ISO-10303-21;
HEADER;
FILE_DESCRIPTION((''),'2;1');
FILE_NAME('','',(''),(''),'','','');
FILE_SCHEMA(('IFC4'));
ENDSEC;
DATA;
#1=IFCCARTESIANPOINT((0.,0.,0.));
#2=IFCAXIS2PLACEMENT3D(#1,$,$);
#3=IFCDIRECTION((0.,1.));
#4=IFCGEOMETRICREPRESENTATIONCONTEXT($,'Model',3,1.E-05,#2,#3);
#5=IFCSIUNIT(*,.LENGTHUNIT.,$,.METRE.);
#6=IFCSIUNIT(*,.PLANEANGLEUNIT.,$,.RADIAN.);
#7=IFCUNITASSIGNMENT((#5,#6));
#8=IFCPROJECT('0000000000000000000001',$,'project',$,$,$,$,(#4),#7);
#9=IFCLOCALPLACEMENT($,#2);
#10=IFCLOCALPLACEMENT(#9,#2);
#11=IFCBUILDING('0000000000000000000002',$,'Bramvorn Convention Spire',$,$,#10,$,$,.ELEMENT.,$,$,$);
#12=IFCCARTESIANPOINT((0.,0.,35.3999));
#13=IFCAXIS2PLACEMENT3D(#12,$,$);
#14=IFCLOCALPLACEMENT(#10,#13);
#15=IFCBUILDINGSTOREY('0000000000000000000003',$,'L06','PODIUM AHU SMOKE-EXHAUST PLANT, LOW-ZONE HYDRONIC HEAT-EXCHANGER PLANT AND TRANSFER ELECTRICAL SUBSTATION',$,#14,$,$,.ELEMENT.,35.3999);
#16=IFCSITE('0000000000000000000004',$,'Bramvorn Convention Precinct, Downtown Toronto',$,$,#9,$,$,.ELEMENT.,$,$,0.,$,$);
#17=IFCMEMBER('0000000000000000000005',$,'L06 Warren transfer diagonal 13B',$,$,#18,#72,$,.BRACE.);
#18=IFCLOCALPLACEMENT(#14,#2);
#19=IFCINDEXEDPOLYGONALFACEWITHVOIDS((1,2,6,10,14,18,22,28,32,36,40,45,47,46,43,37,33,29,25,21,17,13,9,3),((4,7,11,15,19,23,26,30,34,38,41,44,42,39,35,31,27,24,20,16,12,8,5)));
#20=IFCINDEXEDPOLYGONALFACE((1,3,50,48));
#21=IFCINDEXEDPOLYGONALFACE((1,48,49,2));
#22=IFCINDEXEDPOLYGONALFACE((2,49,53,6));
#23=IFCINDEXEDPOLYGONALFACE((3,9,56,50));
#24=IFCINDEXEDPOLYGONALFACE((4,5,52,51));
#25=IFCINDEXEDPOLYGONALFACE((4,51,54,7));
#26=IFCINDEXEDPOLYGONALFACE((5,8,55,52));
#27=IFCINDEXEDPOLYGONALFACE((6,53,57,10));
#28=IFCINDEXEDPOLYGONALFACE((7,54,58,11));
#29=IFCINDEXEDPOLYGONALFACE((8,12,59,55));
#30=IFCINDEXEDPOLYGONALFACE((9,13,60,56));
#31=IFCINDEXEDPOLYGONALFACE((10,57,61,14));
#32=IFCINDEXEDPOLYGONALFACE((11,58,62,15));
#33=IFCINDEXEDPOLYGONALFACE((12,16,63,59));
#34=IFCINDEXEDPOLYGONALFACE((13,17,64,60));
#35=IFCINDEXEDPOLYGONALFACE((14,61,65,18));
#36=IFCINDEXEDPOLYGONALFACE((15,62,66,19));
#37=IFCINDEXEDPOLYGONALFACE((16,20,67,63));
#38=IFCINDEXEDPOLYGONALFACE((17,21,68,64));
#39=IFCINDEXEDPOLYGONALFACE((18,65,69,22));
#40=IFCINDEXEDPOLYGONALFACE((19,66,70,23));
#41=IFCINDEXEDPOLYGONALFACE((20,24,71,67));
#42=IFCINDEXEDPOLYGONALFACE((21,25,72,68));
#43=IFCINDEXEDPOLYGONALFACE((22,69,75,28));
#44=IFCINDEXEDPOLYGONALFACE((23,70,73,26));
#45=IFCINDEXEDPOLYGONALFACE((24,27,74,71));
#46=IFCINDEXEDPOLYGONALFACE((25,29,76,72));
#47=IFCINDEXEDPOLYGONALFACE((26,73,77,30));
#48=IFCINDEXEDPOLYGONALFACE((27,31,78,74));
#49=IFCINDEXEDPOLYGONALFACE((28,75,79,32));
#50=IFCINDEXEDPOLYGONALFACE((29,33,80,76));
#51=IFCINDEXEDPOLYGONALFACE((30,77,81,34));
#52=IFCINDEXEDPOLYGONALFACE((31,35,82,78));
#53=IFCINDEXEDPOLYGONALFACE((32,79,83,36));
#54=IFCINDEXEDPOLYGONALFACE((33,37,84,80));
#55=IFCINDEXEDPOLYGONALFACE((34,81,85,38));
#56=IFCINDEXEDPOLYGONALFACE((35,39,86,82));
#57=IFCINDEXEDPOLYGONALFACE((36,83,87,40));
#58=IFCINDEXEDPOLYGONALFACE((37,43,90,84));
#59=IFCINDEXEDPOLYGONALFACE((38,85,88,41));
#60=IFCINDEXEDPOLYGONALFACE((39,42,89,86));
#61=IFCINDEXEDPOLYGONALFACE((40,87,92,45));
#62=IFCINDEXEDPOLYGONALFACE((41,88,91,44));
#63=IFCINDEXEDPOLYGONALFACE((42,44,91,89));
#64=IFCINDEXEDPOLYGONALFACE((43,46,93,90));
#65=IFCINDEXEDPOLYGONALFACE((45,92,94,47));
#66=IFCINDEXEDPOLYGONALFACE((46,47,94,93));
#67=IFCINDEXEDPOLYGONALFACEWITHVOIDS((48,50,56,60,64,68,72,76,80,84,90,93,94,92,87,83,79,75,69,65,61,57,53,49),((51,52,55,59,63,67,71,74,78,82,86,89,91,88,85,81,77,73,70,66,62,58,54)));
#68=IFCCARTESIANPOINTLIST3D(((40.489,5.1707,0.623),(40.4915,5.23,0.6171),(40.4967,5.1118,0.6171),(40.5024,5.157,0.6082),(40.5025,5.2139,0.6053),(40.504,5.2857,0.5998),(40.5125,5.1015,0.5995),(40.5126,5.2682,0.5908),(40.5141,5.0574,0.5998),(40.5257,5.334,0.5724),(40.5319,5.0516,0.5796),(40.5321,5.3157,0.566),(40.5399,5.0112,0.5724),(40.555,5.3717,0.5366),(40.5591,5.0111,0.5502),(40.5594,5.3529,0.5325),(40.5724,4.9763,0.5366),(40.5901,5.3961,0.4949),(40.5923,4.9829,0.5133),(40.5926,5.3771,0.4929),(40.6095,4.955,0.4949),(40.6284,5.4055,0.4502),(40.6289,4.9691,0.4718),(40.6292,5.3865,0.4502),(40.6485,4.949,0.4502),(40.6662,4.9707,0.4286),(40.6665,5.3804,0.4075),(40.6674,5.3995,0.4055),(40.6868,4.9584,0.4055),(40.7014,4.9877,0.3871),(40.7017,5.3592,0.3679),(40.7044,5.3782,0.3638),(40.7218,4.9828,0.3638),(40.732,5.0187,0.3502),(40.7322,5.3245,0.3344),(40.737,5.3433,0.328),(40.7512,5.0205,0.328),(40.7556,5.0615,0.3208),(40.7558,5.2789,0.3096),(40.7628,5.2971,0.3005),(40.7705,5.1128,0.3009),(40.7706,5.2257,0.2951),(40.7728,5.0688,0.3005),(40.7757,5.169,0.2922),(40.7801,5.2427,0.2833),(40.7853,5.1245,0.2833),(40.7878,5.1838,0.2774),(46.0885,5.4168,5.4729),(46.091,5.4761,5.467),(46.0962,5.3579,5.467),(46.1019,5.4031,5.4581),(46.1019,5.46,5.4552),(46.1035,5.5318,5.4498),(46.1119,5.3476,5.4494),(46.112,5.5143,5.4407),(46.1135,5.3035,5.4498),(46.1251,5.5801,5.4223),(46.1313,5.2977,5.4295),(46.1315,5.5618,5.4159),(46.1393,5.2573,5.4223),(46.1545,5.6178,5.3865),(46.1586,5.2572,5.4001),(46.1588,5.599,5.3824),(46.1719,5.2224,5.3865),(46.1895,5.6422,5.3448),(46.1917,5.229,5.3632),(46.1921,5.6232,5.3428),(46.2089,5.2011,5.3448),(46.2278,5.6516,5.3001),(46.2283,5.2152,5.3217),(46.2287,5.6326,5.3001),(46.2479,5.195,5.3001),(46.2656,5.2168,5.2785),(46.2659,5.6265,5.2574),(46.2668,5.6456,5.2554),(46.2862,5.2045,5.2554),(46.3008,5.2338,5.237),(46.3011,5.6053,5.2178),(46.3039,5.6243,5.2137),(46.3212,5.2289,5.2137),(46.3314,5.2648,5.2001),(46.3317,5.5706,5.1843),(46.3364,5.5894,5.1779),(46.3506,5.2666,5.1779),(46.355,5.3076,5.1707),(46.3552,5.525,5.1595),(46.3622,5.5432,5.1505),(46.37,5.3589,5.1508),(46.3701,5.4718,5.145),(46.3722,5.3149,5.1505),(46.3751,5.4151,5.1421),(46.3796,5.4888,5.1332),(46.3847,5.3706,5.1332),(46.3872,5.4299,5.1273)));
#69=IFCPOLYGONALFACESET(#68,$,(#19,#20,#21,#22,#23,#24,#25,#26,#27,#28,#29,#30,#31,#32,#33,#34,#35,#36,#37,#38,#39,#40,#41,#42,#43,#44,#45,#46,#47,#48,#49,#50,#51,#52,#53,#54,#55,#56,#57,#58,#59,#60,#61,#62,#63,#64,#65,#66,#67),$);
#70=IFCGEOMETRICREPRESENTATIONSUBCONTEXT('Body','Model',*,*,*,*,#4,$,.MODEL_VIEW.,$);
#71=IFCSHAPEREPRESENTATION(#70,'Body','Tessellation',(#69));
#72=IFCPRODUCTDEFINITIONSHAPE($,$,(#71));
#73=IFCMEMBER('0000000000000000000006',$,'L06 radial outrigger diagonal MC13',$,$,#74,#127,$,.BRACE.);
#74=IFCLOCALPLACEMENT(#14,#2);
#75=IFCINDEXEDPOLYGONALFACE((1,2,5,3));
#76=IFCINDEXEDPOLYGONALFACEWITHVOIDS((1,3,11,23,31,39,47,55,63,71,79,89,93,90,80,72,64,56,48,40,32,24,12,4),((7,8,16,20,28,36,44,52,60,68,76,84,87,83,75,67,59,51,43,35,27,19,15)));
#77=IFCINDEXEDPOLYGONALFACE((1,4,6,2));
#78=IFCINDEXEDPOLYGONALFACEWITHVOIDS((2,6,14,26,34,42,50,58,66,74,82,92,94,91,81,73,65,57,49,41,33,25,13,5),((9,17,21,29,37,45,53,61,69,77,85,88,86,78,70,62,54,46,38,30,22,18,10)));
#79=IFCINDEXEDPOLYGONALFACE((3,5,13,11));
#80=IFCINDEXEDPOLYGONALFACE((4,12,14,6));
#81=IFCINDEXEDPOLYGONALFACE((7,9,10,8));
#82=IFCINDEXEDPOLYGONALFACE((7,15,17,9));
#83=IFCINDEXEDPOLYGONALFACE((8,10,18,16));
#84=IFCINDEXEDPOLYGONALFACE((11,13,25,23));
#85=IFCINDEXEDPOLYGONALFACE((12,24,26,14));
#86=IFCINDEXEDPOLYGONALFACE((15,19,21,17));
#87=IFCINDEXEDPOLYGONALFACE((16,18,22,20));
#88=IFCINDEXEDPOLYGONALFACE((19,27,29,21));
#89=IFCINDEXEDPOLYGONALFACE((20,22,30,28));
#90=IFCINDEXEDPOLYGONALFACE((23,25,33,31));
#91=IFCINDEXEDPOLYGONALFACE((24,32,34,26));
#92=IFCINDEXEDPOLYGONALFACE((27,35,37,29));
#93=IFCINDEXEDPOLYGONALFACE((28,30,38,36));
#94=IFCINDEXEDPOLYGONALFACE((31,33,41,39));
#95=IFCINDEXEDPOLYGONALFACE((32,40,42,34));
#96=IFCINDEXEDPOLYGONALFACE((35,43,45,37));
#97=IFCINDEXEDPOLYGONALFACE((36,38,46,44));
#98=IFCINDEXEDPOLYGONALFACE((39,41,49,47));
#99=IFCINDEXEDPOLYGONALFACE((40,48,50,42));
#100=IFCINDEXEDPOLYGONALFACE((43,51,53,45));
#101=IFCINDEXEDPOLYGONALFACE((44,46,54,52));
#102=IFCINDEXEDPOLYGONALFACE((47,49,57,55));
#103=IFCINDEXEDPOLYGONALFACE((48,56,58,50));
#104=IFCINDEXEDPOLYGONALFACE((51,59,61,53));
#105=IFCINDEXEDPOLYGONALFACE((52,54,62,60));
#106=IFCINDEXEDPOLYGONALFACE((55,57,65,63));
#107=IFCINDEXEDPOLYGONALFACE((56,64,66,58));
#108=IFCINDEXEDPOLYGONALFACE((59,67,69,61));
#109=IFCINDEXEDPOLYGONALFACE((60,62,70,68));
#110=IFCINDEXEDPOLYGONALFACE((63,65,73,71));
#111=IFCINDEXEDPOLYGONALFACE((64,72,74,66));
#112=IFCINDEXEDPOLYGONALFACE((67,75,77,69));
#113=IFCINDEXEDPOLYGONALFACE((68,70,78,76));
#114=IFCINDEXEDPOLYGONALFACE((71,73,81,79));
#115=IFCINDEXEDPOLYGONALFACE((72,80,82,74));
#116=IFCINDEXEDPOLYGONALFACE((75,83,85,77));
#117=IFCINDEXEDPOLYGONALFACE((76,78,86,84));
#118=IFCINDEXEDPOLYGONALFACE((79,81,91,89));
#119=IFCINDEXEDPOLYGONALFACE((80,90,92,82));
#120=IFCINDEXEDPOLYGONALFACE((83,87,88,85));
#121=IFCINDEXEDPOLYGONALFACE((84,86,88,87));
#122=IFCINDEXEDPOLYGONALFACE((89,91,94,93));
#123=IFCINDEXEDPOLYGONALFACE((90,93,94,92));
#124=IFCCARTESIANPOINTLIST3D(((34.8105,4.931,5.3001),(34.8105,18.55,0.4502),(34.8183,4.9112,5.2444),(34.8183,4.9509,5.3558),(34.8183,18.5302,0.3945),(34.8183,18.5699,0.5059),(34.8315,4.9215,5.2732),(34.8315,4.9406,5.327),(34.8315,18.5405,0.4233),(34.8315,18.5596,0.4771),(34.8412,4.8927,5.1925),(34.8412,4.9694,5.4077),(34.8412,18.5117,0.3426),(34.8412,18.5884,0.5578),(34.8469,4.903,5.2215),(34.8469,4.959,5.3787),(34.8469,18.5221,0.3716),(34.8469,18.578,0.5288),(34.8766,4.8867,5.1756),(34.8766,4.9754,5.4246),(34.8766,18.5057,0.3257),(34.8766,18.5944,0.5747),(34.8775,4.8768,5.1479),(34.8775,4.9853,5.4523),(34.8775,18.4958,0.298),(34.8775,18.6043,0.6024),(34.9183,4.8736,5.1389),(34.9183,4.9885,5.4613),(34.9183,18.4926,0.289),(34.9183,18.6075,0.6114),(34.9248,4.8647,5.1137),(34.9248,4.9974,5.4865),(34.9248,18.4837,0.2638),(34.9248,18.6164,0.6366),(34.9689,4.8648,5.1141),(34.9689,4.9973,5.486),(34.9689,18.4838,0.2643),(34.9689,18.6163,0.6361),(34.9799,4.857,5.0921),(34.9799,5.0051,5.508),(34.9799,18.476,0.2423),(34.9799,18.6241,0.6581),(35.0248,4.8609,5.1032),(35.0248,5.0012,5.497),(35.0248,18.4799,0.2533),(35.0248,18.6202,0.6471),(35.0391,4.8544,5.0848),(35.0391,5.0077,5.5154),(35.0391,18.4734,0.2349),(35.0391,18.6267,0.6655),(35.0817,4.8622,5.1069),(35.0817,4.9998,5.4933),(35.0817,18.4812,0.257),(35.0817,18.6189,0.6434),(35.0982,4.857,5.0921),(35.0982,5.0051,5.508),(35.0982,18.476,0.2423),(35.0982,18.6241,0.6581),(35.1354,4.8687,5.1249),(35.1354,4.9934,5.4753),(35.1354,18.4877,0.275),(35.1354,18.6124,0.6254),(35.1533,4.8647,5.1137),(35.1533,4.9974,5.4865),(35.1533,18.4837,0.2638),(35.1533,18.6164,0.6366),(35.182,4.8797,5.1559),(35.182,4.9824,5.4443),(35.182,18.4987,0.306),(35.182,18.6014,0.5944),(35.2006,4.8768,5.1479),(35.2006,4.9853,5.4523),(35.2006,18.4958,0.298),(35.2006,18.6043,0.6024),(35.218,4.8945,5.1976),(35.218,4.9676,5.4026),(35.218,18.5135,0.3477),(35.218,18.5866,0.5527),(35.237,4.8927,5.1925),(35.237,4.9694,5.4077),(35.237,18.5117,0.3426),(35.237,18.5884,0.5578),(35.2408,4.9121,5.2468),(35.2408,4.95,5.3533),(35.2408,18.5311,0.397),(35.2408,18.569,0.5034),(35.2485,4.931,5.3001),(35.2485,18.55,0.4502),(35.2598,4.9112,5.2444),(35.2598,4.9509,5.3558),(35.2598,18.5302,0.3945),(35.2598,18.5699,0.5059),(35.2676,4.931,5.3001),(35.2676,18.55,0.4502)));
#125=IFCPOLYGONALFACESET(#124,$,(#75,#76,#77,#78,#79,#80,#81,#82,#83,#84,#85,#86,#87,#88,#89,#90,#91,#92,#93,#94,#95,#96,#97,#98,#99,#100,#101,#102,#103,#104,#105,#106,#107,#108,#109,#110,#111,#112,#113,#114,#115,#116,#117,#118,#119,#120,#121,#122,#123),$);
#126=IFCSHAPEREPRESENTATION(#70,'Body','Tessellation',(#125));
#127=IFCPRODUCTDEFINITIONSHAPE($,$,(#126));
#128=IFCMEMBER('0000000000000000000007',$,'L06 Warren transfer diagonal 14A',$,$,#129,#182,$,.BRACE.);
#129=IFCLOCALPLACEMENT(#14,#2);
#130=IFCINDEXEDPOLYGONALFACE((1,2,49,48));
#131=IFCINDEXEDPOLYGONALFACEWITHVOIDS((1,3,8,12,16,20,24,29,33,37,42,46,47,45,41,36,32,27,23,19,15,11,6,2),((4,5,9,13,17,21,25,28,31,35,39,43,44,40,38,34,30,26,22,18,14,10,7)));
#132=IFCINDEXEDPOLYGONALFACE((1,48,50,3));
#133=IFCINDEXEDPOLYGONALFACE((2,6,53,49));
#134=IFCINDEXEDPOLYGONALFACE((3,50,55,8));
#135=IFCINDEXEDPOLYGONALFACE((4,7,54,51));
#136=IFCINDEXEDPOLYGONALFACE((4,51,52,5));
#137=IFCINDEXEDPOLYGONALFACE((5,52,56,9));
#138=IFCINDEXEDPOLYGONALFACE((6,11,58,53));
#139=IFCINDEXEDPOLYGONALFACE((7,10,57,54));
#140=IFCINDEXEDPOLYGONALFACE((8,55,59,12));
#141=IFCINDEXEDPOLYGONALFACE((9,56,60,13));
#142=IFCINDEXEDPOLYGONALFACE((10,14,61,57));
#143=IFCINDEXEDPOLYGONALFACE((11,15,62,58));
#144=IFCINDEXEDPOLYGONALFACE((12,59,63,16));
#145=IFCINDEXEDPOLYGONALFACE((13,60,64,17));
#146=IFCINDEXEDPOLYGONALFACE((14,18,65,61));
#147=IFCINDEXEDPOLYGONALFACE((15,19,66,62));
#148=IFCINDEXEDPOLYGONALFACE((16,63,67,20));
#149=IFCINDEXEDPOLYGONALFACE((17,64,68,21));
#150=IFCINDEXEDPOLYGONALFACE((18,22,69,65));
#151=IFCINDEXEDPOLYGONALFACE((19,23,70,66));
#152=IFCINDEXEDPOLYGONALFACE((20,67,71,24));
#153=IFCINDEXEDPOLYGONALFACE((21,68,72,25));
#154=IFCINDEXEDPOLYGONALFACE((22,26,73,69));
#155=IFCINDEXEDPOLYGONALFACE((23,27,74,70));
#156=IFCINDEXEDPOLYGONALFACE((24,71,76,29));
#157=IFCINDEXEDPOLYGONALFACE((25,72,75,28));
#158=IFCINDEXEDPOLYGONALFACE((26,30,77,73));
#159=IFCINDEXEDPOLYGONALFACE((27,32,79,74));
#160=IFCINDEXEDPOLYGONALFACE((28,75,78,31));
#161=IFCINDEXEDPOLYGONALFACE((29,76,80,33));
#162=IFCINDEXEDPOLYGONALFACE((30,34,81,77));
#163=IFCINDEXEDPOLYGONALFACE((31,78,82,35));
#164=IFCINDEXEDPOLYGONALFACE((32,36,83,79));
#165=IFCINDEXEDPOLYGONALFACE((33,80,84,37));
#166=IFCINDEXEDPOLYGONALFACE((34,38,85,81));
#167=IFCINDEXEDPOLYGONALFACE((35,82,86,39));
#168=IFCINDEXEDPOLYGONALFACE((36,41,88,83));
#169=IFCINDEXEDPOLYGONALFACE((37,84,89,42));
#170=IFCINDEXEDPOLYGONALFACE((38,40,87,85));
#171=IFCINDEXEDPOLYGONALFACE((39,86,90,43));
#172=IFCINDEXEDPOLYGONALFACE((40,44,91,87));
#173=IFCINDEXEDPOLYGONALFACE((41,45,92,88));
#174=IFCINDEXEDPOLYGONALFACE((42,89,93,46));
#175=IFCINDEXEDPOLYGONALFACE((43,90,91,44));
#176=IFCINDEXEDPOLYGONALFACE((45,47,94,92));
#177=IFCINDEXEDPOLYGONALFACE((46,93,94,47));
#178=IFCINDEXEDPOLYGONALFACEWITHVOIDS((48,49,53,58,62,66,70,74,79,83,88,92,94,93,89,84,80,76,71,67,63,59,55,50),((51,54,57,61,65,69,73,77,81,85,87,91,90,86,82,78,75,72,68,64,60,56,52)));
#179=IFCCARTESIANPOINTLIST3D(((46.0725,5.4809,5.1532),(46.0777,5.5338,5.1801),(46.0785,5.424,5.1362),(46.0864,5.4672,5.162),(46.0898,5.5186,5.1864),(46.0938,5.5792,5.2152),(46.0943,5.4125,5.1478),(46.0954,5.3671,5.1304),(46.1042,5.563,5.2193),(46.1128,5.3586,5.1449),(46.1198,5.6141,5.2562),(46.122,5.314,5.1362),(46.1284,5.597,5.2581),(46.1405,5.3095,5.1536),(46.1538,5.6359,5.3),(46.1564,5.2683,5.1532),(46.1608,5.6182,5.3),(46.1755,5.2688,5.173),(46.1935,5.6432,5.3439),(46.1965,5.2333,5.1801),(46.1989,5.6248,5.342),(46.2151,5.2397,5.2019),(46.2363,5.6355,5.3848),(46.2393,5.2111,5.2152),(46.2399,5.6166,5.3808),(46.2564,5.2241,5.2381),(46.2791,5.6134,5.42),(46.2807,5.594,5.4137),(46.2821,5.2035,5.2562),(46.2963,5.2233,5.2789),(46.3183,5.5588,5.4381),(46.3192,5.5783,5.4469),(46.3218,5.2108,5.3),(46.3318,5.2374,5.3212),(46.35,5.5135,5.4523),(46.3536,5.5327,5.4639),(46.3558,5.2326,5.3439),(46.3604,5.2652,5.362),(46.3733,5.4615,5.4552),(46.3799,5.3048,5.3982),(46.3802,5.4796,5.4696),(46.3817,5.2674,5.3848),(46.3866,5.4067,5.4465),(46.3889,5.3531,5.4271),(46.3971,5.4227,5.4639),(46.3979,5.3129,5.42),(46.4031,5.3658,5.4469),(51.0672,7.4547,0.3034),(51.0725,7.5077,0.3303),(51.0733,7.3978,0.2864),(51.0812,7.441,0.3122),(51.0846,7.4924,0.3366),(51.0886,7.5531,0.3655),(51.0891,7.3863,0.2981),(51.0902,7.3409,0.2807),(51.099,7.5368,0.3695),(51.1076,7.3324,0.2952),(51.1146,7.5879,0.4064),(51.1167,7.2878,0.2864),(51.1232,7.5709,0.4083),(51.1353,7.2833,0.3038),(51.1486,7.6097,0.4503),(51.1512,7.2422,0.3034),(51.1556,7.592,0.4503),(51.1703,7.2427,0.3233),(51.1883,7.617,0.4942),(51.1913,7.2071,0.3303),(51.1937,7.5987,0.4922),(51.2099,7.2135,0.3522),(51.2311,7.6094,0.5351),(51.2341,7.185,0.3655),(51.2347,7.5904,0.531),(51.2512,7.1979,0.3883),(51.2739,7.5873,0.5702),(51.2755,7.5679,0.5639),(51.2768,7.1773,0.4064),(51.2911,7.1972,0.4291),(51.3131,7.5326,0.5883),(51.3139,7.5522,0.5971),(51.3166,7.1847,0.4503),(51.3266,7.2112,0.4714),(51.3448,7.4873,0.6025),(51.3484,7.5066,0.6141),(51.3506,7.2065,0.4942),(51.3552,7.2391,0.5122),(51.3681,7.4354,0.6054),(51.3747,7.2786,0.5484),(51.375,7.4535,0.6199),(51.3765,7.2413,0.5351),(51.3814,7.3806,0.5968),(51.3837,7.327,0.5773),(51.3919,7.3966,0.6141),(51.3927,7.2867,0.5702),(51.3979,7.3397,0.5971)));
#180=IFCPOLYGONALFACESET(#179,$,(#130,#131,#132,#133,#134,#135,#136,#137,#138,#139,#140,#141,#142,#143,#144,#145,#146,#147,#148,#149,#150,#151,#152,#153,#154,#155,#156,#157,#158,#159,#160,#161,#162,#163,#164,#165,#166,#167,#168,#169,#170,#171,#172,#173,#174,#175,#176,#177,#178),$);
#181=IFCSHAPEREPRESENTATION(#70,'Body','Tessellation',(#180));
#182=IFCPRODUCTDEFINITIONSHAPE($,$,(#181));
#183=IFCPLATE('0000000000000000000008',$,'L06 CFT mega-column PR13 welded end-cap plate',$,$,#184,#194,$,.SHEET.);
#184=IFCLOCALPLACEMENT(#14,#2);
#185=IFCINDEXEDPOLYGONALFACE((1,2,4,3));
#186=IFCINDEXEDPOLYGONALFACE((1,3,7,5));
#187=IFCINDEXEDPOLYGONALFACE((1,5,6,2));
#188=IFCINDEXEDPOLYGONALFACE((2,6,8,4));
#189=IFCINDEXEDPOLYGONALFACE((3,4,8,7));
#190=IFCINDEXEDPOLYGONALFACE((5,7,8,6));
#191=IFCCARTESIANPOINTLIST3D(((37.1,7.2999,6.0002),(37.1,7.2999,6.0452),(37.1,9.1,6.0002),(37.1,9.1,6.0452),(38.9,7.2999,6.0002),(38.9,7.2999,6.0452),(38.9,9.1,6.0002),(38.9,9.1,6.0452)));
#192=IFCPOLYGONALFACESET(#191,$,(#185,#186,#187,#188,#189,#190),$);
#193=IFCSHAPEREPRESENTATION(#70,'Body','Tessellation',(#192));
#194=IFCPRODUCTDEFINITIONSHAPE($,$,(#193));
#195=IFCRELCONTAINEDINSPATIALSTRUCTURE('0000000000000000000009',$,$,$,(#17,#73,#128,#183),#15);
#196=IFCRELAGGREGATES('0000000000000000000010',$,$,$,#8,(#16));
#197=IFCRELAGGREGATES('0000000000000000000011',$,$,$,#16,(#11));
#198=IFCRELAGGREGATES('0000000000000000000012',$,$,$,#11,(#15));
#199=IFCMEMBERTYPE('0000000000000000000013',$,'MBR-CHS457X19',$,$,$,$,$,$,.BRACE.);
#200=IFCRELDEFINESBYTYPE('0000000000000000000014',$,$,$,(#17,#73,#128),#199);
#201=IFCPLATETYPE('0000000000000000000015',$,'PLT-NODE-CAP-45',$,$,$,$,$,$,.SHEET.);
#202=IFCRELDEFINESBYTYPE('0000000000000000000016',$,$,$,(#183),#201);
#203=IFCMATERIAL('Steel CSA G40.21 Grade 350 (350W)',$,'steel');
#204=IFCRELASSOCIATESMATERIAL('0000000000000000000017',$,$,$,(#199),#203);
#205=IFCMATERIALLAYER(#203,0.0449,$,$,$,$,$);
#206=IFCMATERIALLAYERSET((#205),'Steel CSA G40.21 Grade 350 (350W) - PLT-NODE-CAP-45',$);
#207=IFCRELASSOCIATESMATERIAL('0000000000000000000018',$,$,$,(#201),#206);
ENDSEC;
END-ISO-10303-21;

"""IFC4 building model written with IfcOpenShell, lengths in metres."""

from ifc_helpers import new_model, si_unit, direction, frame, origin, origin_2d, place, context, subcontext, project, spatial, rectangle, hollow_circle, extrude, material, layer, layer_set, material_profile, profile_set, type_object, element, save


model = new_model("IFC4")

# Units and contexts
model_context = context("Model", 3, precision=1e-05, world=origin(), true_north=direction((0.0, 1.0)))
body_context = subcontext(model_context, "Body", "Model", "MODEL_VIEW")
ifc_project = project(units=[si_unit("LENGTHUNIT", "METRE"), si_unit("PLANEANGLEUNIT", "RADIAN")], contexts=[model_context])

# Site, building, storey
site_placement = place(None, origin())
site = spatial("IfcSite", under=ifc_project, at=site_placement, Name="Bramvorn Convention Precinct, Downtown Toronto", CompositionType="ELEMENT", RefElevation=0.0)
building_placement = place(site_placement, origin())
building = spatial("IfcBuilding", under=site, at=building_placement, Name="Bramvorn Convention Spire", CompositionType="ELEMENT")
storey_placement = place(building_placement, frame((0.0, 0.0, 35.3999)))
storey = spatial("IfcBuildingStorey", under=building, at=storey_placement, Name="L06", Description="PODIUM AHU SMOKE-EXHAUST PLANT, LOW-ZONE HYDRONIC HEAT-EXCHANGER PLANT AND TRANSFER ELECTRICAL SUBSTATION", CompositionType="ELEMENT", Elevation=35.3999)

# Shared definitions
ifc_material_1 = material(Name="Steel CSA G40.21 Grade 350 (350W)", Category="steel")

# Members
ifc_material_profile_1 = material_profile(ifc_material_1, hollow_circle(Radius=0.2285, WallThickness=0.019, at=origin_2d()))
ifc_profile_set_1 = profile_set([ifc_material_profile_1], Name="Steel CSA G40.21 Grade 350 (350W) - CHS457X19")
member_type_1 = type_object("IfcMemberType", Name="MBR-CHS457X19", PredefinedType="BRACE", material=ifc_profile_set_1)
for number, where, z_axis, x_axis, name in (
    (1, (40.6384, 5.1772, 0.4502), (0.755468, 0.033203, 0.654344), (-0.043908, 0.999036, 0.0), "L06 Warren transfer diagonal 13B"),
):
    element("IfcMember", number, at=place(storey_placement, frame(where, z_axis=z_axis, x_axis=x_axis)), inside=storey, type_object=member_type_1, Name=name, PredefinedType="BRACE", context=body_context, shape_type="SweptSolid", body=[
        extrude(hollow_circle(Radius=0.2285, WallThickness=0.019, at=origin_2d()), origin(), (0.0, 0.0, 1.0), 7.4119),
    ])
member_1_placement = place(storey_placement, frame((35.0391, 18.55, 0.4502), z_axis=(0.0, -0.942049, 0.335475), x_axis=(1.0, 0.0, 0.0)))
element("IfcMember", 2, at=member_1_placement, inside=storey, type_object=member_type_1, Name="L06 radial outrigger diagonal MC13", PredefinedType="BRACE", context=body_context, shape_type="SweptSolid", body=[
    extrude(hollow_circle(Radius=0.2285, WallThickness=0.019, at=origin_2d()), origin(), (0.0, 0.0, 1.0), 14.4568),
])
member_2_placement = place(storey_placement, frame((46.2378, 5.4233, 5.3), z_axis=(0.690239, 0.272769, -0.670199), x_axis=(-0.367524, 0.930014, 0.0)))
element("IfcMember", 3, at=member_2_placement, inside=storey, type_object=member_type_1, Name="L06 Warren transfer diagonal 14A", PredefinedType="BRACE", context=body_context, shape_type="SweptSolid", body=[
    extrude(hollow_circle(Radius=0.2285, WallThickness=0.019, at=origin_2d()), origin(), (0.0, 0.0, 1.0), 7.2363),
])

# Plate
ifc_layer_1 = layer(ifc_material_1, 0.0449)
ifc_layer_set_1 = layer_set([ifc_layer_1], Name="Steel CSA G40.21 Grade 350 (350W) - PLT-NODE-CAP-45")
plate_type_1 = type_object("IfcPlateType", Name="PLT-NODE-CAP-45", PredefinedType="SHEET", material=ifc_layer_set_1)
plate_placement = place(storey_placement, frame((38.0, 8.2, 6.0002), z_axis=(0.0, 0.0, 1.0), x_axis=(0.0, -1.0, 0.0)))
element("IfcPlate", 4, at=plate_placement, inside=storey, type_object=plate_type_1, Name="L06 CFT mega-column PR13 welded end-cap plate", PredefinedType="SHEET", context=body_context, shape_type="SweptSolid", body=[
    extrude(rectangle(XDim=1.8, YDim=1.8, at=origin_2d()), origin(), (0.0, 0.0, 1.0), 0.0449),
])

save(model, "model.ifc")
